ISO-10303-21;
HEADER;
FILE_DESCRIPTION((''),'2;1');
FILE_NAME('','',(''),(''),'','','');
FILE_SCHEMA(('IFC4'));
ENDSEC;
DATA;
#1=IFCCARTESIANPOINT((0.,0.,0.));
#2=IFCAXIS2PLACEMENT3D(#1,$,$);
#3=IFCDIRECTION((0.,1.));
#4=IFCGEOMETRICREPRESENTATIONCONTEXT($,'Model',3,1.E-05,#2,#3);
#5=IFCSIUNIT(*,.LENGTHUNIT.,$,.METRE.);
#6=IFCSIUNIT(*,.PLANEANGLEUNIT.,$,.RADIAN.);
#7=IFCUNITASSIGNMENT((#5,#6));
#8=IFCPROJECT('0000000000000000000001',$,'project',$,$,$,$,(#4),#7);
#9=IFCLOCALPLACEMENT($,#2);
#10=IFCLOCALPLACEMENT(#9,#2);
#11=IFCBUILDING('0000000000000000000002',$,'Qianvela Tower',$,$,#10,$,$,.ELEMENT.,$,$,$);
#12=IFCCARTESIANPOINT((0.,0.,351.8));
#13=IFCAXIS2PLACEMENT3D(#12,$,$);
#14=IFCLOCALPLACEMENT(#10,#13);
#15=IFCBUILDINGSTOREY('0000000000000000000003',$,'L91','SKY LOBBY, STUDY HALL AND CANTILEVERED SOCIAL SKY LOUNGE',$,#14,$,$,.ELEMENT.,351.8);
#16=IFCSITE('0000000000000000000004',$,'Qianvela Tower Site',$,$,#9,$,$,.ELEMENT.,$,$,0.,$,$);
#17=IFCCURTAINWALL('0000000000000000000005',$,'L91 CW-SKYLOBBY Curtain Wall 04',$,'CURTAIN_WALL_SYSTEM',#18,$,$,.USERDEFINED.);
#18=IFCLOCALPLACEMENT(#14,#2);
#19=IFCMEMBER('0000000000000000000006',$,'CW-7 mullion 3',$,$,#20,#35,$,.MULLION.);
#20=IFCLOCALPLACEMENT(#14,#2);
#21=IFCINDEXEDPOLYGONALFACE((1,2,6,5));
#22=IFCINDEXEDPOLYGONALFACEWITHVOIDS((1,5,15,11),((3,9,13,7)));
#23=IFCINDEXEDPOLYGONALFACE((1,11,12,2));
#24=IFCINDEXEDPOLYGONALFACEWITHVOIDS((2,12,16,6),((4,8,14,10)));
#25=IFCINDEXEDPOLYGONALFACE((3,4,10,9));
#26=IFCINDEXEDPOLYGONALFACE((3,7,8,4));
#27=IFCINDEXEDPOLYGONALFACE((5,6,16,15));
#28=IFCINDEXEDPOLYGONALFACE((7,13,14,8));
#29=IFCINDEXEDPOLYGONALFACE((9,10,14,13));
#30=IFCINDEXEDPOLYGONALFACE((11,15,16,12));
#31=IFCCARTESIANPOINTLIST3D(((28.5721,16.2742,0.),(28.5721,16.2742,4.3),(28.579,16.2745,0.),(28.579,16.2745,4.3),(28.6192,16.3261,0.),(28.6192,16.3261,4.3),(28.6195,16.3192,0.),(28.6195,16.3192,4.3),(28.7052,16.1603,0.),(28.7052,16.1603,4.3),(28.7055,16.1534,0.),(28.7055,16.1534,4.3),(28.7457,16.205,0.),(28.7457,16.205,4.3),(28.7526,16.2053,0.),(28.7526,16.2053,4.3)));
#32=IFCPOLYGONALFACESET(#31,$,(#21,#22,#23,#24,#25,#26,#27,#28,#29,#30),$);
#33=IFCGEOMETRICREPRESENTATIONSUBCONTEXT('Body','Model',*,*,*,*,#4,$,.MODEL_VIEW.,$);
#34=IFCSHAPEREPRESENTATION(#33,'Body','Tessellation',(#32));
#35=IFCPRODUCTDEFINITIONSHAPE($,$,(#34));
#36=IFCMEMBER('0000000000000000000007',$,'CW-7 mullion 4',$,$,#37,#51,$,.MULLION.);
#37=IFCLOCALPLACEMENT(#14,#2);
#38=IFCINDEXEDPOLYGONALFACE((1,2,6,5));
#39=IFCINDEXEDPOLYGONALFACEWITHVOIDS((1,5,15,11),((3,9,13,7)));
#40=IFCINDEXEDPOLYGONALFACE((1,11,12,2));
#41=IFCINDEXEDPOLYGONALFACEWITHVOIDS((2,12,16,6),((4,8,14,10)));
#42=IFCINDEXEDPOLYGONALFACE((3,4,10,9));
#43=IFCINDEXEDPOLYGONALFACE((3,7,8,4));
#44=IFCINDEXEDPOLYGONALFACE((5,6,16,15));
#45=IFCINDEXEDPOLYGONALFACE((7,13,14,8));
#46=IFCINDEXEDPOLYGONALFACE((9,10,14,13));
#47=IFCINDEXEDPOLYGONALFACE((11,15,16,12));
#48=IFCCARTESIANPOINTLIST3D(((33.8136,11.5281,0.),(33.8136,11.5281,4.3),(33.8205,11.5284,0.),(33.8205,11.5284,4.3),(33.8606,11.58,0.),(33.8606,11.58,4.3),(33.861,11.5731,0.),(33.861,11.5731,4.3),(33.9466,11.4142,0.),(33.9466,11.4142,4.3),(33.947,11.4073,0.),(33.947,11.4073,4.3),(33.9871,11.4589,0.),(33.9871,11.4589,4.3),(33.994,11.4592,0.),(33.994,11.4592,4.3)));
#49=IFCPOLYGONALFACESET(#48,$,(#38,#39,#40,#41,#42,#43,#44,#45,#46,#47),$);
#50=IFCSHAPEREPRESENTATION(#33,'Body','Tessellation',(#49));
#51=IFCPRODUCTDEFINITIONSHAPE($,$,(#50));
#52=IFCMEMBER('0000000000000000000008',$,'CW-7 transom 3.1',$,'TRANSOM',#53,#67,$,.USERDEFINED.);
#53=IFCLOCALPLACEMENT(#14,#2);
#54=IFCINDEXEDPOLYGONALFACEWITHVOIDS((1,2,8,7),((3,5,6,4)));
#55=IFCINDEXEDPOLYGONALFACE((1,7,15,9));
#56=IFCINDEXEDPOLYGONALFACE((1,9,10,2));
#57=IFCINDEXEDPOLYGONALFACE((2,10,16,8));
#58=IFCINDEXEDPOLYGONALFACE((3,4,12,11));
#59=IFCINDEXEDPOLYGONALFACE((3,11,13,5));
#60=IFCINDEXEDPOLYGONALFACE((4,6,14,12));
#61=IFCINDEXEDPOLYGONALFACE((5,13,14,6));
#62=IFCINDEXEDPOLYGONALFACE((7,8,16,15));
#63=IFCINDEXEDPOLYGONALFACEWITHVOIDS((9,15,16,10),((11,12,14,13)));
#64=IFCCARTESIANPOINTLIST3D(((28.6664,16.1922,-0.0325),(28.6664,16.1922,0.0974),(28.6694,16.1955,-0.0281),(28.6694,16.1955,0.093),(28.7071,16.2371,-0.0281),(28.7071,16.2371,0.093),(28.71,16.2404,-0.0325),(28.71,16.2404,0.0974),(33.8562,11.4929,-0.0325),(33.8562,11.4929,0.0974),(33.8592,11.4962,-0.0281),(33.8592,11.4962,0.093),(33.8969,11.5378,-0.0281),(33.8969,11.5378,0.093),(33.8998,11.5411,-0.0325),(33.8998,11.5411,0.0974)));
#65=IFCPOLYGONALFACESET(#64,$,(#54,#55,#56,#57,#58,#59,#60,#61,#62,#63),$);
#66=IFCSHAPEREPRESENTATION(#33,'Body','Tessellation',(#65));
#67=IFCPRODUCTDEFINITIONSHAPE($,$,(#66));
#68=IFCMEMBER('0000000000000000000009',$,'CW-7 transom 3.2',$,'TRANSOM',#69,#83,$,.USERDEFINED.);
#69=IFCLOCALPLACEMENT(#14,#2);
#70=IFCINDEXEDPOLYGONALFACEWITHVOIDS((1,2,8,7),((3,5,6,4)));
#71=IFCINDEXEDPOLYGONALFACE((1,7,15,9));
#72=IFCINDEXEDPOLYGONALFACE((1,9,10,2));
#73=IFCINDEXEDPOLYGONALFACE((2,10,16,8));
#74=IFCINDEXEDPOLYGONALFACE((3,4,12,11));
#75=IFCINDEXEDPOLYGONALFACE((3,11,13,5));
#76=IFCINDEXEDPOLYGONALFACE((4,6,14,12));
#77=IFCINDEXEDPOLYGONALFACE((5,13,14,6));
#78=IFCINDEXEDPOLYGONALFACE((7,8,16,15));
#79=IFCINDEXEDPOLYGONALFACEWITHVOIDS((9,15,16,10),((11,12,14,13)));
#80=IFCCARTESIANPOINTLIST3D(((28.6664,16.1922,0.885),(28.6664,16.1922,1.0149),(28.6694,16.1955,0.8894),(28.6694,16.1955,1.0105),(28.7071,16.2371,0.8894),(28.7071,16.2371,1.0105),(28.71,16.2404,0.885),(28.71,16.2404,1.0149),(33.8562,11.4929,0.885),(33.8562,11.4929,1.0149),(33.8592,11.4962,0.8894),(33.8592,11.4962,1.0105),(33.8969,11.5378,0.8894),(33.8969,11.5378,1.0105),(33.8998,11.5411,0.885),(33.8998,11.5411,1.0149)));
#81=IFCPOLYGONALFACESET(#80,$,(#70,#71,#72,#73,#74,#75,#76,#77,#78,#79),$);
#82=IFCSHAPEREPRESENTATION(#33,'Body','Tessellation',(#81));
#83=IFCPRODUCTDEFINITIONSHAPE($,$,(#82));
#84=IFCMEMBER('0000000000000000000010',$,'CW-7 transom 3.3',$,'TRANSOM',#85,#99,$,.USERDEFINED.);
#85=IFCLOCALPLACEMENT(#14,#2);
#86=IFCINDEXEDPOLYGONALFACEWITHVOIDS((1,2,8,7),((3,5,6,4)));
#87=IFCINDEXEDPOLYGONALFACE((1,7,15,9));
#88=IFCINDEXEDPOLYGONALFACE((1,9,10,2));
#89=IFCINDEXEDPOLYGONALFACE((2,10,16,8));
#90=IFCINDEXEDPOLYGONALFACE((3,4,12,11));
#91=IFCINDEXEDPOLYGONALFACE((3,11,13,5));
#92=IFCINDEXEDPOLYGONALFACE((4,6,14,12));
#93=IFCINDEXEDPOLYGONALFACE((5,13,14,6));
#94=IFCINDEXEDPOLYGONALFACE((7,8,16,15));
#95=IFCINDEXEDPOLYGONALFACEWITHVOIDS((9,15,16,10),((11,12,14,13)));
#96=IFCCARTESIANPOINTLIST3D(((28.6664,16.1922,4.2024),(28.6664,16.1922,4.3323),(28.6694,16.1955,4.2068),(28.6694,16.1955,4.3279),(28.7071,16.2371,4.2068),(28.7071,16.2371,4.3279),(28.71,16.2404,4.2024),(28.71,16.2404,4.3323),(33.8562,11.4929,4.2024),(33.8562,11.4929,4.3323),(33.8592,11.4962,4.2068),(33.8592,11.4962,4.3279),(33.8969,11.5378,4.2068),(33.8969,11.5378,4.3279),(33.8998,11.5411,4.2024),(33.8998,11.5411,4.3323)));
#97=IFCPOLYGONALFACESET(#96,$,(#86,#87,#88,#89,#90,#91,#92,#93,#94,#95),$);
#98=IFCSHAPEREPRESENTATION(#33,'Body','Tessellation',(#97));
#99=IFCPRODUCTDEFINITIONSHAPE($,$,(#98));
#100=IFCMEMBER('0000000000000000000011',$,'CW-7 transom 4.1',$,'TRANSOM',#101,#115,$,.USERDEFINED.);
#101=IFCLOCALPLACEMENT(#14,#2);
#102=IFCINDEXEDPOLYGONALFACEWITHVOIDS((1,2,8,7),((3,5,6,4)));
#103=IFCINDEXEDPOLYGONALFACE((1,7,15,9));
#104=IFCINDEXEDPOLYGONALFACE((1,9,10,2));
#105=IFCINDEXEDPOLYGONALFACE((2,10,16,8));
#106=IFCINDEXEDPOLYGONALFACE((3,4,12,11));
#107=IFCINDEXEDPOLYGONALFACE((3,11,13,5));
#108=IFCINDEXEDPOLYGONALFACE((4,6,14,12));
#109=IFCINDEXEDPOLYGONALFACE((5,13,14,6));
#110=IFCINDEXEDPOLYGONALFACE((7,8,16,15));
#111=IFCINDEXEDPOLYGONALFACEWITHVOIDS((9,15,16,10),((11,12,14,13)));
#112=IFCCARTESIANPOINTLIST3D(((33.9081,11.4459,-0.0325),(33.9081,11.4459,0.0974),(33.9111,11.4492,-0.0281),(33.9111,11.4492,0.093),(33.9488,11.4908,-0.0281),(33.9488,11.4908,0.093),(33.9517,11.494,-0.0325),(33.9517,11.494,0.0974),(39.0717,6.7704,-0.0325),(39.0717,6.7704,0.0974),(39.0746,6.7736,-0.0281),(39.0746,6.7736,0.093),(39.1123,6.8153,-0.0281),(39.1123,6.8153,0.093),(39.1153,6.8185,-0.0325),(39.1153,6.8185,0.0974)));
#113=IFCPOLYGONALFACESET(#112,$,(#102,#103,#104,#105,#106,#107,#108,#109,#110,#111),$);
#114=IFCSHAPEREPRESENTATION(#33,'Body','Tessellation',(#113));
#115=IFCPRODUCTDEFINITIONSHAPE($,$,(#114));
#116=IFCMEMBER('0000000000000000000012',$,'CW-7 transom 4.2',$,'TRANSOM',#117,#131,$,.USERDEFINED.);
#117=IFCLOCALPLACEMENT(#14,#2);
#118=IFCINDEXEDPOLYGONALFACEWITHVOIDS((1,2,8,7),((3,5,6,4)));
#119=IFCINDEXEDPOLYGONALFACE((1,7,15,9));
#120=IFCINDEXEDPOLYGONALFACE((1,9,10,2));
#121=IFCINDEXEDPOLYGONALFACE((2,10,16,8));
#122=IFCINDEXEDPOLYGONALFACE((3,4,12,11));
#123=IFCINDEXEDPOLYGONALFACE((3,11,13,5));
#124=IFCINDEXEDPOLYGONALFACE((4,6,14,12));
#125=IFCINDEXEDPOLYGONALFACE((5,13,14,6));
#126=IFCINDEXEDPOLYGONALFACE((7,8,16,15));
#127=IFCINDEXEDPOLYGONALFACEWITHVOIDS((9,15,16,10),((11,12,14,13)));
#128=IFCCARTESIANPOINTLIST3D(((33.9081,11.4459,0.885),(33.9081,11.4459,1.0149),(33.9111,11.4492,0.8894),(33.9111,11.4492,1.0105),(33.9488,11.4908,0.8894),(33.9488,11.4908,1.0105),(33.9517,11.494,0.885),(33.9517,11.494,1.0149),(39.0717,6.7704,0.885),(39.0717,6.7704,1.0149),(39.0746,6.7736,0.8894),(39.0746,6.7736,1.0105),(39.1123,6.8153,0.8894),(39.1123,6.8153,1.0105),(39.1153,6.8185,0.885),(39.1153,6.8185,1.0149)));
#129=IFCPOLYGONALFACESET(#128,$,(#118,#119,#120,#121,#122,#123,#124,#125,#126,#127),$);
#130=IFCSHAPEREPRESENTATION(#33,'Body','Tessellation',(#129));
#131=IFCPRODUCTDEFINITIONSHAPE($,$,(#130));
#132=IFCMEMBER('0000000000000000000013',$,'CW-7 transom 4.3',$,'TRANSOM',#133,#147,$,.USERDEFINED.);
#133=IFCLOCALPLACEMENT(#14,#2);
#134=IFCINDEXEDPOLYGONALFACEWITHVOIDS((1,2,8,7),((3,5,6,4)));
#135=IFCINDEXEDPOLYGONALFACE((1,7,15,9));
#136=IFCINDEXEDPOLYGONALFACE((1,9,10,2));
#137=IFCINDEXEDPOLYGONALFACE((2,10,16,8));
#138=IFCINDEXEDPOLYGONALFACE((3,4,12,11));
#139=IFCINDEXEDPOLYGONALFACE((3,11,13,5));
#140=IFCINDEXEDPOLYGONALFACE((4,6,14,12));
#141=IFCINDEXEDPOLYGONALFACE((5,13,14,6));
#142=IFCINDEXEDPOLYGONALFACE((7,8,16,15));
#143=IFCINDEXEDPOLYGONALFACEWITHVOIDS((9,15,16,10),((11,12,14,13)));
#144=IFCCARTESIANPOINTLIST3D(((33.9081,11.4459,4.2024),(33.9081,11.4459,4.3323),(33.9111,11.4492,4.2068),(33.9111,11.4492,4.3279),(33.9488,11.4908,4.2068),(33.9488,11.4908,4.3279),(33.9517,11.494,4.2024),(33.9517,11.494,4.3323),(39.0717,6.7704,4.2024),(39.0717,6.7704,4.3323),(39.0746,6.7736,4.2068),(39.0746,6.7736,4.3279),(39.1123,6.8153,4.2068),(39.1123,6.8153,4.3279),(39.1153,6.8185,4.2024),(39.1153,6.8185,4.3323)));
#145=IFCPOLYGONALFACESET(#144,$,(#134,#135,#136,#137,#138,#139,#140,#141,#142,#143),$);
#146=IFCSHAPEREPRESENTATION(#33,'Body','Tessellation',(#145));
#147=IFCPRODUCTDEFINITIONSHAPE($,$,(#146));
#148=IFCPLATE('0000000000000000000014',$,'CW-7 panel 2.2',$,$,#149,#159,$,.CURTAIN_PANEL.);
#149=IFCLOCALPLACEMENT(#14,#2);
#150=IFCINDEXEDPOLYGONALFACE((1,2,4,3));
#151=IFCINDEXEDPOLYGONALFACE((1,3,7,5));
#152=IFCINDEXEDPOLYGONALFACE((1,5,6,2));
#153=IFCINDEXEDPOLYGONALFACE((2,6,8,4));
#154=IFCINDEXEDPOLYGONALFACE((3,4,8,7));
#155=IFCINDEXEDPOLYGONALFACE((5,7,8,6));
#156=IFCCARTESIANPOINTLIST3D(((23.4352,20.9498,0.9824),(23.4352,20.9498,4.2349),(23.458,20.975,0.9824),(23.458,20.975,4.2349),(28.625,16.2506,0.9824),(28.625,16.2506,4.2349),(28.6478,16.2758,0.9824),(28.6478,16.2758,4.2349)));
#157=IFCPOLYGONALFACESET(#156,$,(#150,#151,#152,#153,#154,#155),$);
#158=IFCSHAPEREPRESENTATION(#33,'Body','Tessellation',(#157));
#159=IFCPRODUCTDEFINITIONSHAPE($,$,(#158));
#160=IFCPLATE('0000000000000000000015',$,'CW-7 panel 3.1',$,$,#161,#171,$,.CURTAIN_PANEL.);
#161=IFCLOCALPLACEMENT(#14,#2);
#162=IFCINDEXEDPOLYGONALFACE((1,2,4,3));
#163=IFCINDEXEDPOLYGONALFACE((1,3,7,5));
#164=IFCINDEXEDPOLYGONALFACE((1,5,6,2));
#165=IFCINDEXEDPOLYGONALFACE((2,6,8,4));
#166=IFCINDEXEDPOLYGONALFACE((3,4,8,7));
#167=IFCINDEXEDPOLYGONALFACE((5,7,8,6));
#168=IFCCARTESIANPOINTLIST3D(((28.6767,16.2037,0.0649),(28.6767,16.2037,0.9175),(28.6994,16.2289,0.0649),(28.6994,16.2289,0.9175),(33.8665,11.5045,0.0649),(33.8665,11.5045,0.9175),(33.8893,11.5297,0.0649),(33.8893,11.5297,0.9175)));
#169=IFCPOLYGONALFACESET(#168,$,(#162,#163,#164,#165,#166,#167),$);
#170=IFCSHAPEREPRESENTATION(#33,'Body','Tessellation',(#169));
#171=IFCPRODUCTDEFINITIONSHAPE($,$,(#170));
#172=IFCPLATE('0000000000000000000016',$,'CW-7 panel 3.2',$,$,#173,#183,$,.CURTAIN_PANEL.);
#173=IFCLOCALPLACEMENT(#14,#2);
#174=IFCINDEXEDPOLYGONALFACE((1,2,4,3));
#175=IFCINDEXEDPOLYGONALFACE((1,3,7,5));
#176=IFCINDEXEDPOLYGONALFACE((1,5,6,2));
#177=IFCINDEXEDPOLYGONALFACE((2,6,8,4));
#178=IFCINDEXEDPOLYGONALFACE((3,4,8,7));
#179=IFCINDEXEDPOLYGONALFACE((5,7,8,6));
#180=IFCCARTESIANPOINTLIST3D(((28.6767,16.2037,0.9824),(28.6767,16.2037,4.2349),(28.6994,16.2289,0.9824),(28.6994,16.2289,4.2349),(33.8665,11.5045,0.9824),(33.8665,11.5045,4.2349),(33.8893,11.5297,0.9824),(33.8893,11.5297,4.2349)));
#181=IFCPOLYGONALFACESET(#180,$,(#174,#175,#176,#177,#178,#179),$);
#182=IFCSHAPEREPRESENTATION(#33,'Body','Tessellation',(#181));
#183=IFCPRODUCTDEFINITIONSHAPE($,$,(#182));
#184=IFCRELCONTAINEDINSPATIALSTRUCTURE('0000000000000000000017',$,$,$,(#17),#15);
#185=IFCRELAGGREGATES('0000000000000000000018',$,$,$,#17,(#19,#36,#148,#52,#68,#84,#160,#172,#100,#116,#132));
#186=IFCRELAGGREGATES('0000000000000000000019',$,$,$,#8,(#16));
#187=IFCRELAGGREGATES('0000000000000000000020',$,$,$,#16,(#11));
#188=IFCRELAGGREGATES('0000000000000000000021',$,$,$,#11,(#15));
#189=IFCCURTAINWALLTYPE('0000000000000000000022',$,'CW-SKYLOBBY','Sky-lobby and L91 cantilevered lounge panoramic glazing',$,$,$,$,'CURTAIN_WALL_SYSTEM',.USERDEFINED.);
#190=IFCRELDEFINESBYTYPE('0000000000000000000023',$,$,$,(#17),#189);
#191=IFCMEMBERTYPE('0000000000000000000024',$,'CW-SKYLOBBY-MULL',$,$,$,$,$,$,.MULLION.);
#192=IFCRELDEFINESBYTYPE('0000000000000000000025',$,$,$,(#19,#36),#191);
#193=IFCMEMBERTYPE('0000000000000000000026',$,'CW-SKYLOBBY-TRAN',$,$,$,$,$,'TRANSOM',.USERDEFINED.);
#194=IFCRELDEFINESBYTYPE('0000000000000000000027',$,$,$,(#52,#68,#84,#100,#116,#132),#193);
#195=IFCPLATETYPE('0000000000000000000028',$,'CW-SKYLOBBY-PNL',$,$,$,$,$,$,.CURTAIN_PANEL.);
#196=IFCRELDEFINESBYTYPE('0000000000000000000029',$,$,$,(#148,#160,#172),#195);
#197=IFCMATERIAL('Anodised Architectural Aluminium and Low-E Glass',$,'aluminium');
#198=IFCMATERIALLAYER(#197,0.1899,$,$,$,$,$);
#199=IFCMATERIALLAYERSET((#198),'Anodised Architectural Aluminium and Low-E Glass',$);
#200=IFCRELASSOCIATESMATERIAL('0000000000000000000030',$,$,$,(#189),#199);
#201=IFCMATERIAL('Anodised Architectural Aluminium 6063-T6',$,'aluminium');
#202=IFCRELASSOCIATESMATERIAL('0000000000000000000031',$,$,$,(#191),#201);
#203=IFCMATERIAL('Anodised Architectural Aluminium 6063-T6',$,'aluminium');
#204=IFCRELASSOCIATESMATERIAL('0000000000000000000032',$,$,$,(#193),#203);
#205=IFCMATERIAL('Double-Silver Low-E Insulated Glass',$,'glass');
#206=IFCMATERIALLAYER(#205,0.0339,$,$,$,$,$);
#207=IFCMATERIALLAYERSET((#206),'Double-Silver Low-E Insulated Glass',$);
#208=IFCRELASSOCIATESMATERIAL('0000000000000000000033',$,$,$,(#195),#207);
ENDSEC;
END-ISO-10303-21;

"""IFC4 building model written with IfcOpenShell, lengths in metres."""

from ifc_helpers import new_model, si_unit, direction, frame, origin, origin_2d, place, context, subcontext, project, spatial, rectangle, hollow_rectangle, extrude, material, layer, layer_set, material_profile, profile_set, type_object, element, aggregate, save


model = new_model("IFC4")

# Units and contexts
model_context = context("Model", 3, precision=1e-05, world=origin(), true_north=direction((0.0, 1.0)))
body_context = subcontext(model_context, "Body", "Model", "MODEL_VIEW")
ifc_project = project(units=[si_unit("LENGTHUNIT", "METRE"), si_unit("PLANEANGLEUNIT", "RADIAN")], contexts=[model_context])

# Site, building, storey
site_placement = place(None, origin())
site = spatial("IfcSite", under=ifc_project, at=site_placement, Name="Qianvela Tower Site", CompositionType="ELEMENT", RefElevation=0.0)
building_placement = place(site_placement, origin())
building = spatial("IfcBuilding", under=site, at=building_placement, Name="Qianvela Tower", CompositionType="ELEMENT")
storey_placement = place(building_placement, frame((0.0, 0.0, 351.8)))
storey = spatial("IfcBuildingStorey", under=building, at=storey_placement, Name="L91", Description="SKY LOBBY, STUDY HALL AND CANTILEVERED SOCIAL SKY LOUNGE", CompositionType="ELEMENT", Elevation=351.8)

# Curtain wall, members, plates
ifc_material_1 = material(Name="Anodised Architectural Aluminium and Low-E Glass", Category="aluminium")
ifc_layer_1 = layer(ifc_material_1, 0.1899)
ifc_layer_set_1 = layer_set([ifc_layer_1], Name="Anodised Architectural Aluminium and Low-E Glass")
curtain_wall_type = type_object("IfcCurtainWallType", Name="CW-SKYLOBBY", Description="Sky-lobby and L91 cantilevered lounge panoramic glazing", ElementType="CURTAIN_WALL_SYSTEM", PredefinedType="USERDEFINED", material=ifc_layer_set_1)
curtain_wall_placement = place(storey_placement, origin())
curtain_wall = element("IfcCurtainWall", 1, at=curtain_wall_placement, inside=storey, type_object=curtain_wall_type, Name="L91 CW-SKYLOBBY Curtain Wall 04", ObjectType="CURTAIN_WALL_SYSTEM", PredefinedType="USERDEFINED")
ifc_material_2 = material(Name="Anodised Architectural Aluminium 6063-T6", Category="aluminium")
ifc_material_profile_1 = material_profile(ifc_material_2, hollow_rectangle(XDim=0.0701, YDim=0.1799, WallThickness=0.0049, at=origin_2d()), Name="ALU-MULL-70x180")
ifc_profile_set_1 = profile_set([ifc_material_profile_1], Name="Anodised Architectural Aluminium 6063-T6")
member_type_1 = type_object("IfcMemberType", Name="CW-SKYLOBBY-MULL", PredefinedType="MULLION", material=ifc_profile_set_1)
member_1_placement = place(storey_placement, frame((28.6624, 16.2397, 0.0), z_axis=(0.0, 0.0, 1.0), x_axis=(0.671203, 0.741273, 0.0)))
member_1 = element("IfcMember", 2, at=member_1_placement, type_object=member_type_1, Name="CW-7 mullion 3", PredefinedType="MULLION", context=body_context, shape_type="SweptSolid", body=[
    extrude(hollow_rectangle(XDim=0.0701, YDim=0.1799, WallThickness=0.0049, at=origin_2d()), origin(), (0.0, 0.0, 1.0), 4.3),
])
member_2_placement = place(storey_placement, frame((33.9038, 11.4937, 0.0), z_axis=(0.0, 0.0, 1.0), x_axis=(0.671203, 0.741273, 0.0)))
member_2 = element("IfcMember", 3, at=member_2_placement, type_object=member_type_1, Name="CW-7 mullion 4", PredefinedType="MULLION", context=body_context, shape_type="SweptSolid", body=[
    extrude(hollow_rectangle(XDim=0.0701, YDim=0.1799, WallThickness=0.0049, at=origin_2d()), origin(), (0.0, 0.0, 1.0), 4.3),
])
ifc_material_3 = material(Name="Anodised Architectural Aluminium 6063-T6", Category="aluminium")
ifc_material_profile_2 = material_profile(ifc_material_3, hollow_rectangle(XDim=0.0649, YDim=0.1299, WallThickness=0.0044, at=origin_2d()), Name="ALU-TRAN-65x130")
ifc_profile_set_2 = profile_set([ifc_material_profile_2], Name="Anodised Architectural Aluminium 6063-T6")
member_type_2 = type_object("IfcMemberType", Name="CW-SKYLOBBY-TRAN", ElementType="TRANSOM", PredefinedType="USERDEFINED", material=ifc_profile_set_2)
member_3_placement = place(storey_placement, frame((28.6882, 16.2163, 0.0325), z_axis=(0.741267, -0.67121, 0.0), x_axis=(0.67121, 0.741267, 0.0)))
member_3 = element("IfcMember", 4, at=member_3_placement, type_object=member_type_2, Name="CW-7 transom 3.1", ObjectType="TRANSOM", PredefinedType="USERDEFINED", context=body_context, shape_type="SweptSolid", body=[
    extrude(hollow_rectangle(XDim=0.0649, YDim=0.1299, WallThickness=0.0044, at=origin_2d()), origin(), (0.0, 0.0, 1.0), 7.0012),
])
member_4_placement = place(storey_placement, frame((28.6882, 16.2163, 0.95), z_axis=(0.741267, -0.67121, 0.0), x_axis=(0.67121, 0.741267, 0.0)))
member_4 = element("IfcMember", 5, at=member_4_placement, type_object=member_type_2, Name="CW-7 transom 3.2", ObjectType="TRANSOM", PredefinedType="USERDEFINED", context=body_context, shape_type="SweptSolid", body=[
    extrude(hollow_rectangle(XDim=0.0649, YDim=0.1299, WallThickness=0.0044, at=origin_2d()), origin(), (0.0, 0.0, 1.0), 7.0012),
])
member_5_placement = place(storey_placement, frame((28.6882, 16.2163, 4.2673), z_axis=(0.741267, -0.67121, 0.0), x_axis=(0.67121, 0.741267, 0.0)))
member_5 = element("IfcMember", 6, at=member_5_placement, type_object=member_type_2, Name="CW-7 transom 3.3", ObjectType="TRANSOM", PredefinedType="USERDEFINED", context=body_context, shape_type="SweptSolid", body=[
    extrude(hollow_rectangle(XDim=0.0649, YDim=0.1299, WallThickness=0.0044, at=origin_2d()), origin(), (0.0, 0.0, 1.0), 7.0012),
])
member_6_placement = place(storey_placement, frame((33.9299, 11.47, 0.0325), z_axis=(0.741269, -0.671208, 0.0), x_axis=(0.671208, 0.741269, 0.0)))
member_6 = element("IfcMember", 7, at=member_6_placement, type_object=member_type_2, Name="CW-7 transom 4.1", ObjectType="TRANSOM", PredefinedType="USERDEFINED", context=body_context, shape_type="SweptSolid", body=[
    extrude(hollow_rectangle(XDim=0.0649, YDim=0.1299, WallThickness=0.0044, at=origin_2d()), origin(), (0.0, 0.0, 1.0), 6.9658),
])
member_7_placement = place(storey_placement, frame((33.9299, 11.47, 0.95), z_axis=(0.741269, -0.671208, 0.0), x_axis=(0.671208, 0.741269, 0.0)))
member_7 = element("IfcMember", 8, at=member_7_placement, type_object=member_type_2, Name="CW-7 transom 4.2", ObjectType="TRANSOM", PredefinedType="USERDEFINED", context=body_context, shape_type="SweptSolid", body=[
    extrude(hollow_rectangle(XDim=0.0649, YDim=0.1299, WallThickness=0.0044, at=origin_2d()), origin(), (0.0, 0.0, 1.0), 6.9658),
])
member_8_placement = place(storey_placement, frame((33.9299, 11.47, 4.2673), z_axis=(0.741269, -0.671208, 0.0), x_axis=(0.671208, 0.741269, 0.0)))
member_8 = element("IfcMember", 9, at=member_8_placement, type_object=member_type_2, Name="CW-7 transom 4.3", ObjectType="TRANSOM", PredefinedType="USERDEFINED", context=body_context, shape_type="SweptSolid", body=[
    extrude(hollow_rectangle(XDim=0.0649, YDim=0.1299, WallThickness=0.0044, at=origin_2d()), origin(), (0.0, 0.0, 1.0), 6.9658),
])
ifc_material_4 = material(Name="Double-Silver Low-E Insulated Glass", Category="glass")
ifc_layer_2 = layer(ifc_material_4, 0.0339)
ifc_layer_set_2 = layer_set([ifc_layer_2], Name="Double-Silver Low-E Insulated Glass")
plate_type_1 = type_object("IfcPlateType", Name="CW-SKYLOBBY-PNL", PredefinedType="CURTAIN_PANEL", material=ifc_layer_set_2)
plate_1_placement = place(storey_placement, frame((26.0415, 18.6128, 0.9824), z_axis=(0.0, 0.0, 1.0), x_axis=(0.741273, -0.671203, 0.0)))
plate_1 = element("IfcPlate", 10, at=plate_1_placement, type_object=plate_type_1, Name="CW-7 panel 2.2", PredefinedType="CURTAIN_PANEL", context=body_context, shape_type="SweptSolid", body=[
    extrude(rectangle(XDim=7.0012, YDim=0.0339, at=origin_2d()), origin(), (0.0, 0.0, 1.0), 3.2524),
])
plate_2_placement = place(storey_placement, frame((31.283, 13.8667, 0.0649), z_axis=(0.0, 0.0, 1.0), x_axis=(0.741273, -0.671203, 0.0)))
plate_2 = element("IfcPlate", 11, at=plate_2_placement, type_object=plate_type_1, Name="CW-7 panel 3.1", PredefinedType="CURTAIN_PANEL", context=body_context, shape_type="SweptSolid", body=[
    extrude(rectangle(XDim=7.0012, YDim=0.0339, at=origin_2d()), origin(), (0.0, 0.0, 1.0), 0.8525),
])
plate_3_placement = place(storey_placement, frame((31.283, 13.8667, 0.9824), z_axis=(0.0, 0.0, 1.0), x_axis=(0.741273, -0.671203, 0.0)))
plate_3 = element("IfcPlate", 12, at=plate_3_placement, type_object=plate_type_1, Name="CW-7 panel 3.2", PredefinedType="CURTAIN_PANEL", context=body_context, shape_type="SweptSolid", body=[
    extrude(rectangle(XDim=7.0012, YDim=0.0339, at=origin_2d()), origin(), (0.0, 0.0, 1.0), 3.2524),
])
aggregate(curtain_wall, [member_1, member_2, plate_1, member_3, member_4, member_5, plate_2, plate_3, member_6, member_7, member_8])

save(model, "model.ifc")
